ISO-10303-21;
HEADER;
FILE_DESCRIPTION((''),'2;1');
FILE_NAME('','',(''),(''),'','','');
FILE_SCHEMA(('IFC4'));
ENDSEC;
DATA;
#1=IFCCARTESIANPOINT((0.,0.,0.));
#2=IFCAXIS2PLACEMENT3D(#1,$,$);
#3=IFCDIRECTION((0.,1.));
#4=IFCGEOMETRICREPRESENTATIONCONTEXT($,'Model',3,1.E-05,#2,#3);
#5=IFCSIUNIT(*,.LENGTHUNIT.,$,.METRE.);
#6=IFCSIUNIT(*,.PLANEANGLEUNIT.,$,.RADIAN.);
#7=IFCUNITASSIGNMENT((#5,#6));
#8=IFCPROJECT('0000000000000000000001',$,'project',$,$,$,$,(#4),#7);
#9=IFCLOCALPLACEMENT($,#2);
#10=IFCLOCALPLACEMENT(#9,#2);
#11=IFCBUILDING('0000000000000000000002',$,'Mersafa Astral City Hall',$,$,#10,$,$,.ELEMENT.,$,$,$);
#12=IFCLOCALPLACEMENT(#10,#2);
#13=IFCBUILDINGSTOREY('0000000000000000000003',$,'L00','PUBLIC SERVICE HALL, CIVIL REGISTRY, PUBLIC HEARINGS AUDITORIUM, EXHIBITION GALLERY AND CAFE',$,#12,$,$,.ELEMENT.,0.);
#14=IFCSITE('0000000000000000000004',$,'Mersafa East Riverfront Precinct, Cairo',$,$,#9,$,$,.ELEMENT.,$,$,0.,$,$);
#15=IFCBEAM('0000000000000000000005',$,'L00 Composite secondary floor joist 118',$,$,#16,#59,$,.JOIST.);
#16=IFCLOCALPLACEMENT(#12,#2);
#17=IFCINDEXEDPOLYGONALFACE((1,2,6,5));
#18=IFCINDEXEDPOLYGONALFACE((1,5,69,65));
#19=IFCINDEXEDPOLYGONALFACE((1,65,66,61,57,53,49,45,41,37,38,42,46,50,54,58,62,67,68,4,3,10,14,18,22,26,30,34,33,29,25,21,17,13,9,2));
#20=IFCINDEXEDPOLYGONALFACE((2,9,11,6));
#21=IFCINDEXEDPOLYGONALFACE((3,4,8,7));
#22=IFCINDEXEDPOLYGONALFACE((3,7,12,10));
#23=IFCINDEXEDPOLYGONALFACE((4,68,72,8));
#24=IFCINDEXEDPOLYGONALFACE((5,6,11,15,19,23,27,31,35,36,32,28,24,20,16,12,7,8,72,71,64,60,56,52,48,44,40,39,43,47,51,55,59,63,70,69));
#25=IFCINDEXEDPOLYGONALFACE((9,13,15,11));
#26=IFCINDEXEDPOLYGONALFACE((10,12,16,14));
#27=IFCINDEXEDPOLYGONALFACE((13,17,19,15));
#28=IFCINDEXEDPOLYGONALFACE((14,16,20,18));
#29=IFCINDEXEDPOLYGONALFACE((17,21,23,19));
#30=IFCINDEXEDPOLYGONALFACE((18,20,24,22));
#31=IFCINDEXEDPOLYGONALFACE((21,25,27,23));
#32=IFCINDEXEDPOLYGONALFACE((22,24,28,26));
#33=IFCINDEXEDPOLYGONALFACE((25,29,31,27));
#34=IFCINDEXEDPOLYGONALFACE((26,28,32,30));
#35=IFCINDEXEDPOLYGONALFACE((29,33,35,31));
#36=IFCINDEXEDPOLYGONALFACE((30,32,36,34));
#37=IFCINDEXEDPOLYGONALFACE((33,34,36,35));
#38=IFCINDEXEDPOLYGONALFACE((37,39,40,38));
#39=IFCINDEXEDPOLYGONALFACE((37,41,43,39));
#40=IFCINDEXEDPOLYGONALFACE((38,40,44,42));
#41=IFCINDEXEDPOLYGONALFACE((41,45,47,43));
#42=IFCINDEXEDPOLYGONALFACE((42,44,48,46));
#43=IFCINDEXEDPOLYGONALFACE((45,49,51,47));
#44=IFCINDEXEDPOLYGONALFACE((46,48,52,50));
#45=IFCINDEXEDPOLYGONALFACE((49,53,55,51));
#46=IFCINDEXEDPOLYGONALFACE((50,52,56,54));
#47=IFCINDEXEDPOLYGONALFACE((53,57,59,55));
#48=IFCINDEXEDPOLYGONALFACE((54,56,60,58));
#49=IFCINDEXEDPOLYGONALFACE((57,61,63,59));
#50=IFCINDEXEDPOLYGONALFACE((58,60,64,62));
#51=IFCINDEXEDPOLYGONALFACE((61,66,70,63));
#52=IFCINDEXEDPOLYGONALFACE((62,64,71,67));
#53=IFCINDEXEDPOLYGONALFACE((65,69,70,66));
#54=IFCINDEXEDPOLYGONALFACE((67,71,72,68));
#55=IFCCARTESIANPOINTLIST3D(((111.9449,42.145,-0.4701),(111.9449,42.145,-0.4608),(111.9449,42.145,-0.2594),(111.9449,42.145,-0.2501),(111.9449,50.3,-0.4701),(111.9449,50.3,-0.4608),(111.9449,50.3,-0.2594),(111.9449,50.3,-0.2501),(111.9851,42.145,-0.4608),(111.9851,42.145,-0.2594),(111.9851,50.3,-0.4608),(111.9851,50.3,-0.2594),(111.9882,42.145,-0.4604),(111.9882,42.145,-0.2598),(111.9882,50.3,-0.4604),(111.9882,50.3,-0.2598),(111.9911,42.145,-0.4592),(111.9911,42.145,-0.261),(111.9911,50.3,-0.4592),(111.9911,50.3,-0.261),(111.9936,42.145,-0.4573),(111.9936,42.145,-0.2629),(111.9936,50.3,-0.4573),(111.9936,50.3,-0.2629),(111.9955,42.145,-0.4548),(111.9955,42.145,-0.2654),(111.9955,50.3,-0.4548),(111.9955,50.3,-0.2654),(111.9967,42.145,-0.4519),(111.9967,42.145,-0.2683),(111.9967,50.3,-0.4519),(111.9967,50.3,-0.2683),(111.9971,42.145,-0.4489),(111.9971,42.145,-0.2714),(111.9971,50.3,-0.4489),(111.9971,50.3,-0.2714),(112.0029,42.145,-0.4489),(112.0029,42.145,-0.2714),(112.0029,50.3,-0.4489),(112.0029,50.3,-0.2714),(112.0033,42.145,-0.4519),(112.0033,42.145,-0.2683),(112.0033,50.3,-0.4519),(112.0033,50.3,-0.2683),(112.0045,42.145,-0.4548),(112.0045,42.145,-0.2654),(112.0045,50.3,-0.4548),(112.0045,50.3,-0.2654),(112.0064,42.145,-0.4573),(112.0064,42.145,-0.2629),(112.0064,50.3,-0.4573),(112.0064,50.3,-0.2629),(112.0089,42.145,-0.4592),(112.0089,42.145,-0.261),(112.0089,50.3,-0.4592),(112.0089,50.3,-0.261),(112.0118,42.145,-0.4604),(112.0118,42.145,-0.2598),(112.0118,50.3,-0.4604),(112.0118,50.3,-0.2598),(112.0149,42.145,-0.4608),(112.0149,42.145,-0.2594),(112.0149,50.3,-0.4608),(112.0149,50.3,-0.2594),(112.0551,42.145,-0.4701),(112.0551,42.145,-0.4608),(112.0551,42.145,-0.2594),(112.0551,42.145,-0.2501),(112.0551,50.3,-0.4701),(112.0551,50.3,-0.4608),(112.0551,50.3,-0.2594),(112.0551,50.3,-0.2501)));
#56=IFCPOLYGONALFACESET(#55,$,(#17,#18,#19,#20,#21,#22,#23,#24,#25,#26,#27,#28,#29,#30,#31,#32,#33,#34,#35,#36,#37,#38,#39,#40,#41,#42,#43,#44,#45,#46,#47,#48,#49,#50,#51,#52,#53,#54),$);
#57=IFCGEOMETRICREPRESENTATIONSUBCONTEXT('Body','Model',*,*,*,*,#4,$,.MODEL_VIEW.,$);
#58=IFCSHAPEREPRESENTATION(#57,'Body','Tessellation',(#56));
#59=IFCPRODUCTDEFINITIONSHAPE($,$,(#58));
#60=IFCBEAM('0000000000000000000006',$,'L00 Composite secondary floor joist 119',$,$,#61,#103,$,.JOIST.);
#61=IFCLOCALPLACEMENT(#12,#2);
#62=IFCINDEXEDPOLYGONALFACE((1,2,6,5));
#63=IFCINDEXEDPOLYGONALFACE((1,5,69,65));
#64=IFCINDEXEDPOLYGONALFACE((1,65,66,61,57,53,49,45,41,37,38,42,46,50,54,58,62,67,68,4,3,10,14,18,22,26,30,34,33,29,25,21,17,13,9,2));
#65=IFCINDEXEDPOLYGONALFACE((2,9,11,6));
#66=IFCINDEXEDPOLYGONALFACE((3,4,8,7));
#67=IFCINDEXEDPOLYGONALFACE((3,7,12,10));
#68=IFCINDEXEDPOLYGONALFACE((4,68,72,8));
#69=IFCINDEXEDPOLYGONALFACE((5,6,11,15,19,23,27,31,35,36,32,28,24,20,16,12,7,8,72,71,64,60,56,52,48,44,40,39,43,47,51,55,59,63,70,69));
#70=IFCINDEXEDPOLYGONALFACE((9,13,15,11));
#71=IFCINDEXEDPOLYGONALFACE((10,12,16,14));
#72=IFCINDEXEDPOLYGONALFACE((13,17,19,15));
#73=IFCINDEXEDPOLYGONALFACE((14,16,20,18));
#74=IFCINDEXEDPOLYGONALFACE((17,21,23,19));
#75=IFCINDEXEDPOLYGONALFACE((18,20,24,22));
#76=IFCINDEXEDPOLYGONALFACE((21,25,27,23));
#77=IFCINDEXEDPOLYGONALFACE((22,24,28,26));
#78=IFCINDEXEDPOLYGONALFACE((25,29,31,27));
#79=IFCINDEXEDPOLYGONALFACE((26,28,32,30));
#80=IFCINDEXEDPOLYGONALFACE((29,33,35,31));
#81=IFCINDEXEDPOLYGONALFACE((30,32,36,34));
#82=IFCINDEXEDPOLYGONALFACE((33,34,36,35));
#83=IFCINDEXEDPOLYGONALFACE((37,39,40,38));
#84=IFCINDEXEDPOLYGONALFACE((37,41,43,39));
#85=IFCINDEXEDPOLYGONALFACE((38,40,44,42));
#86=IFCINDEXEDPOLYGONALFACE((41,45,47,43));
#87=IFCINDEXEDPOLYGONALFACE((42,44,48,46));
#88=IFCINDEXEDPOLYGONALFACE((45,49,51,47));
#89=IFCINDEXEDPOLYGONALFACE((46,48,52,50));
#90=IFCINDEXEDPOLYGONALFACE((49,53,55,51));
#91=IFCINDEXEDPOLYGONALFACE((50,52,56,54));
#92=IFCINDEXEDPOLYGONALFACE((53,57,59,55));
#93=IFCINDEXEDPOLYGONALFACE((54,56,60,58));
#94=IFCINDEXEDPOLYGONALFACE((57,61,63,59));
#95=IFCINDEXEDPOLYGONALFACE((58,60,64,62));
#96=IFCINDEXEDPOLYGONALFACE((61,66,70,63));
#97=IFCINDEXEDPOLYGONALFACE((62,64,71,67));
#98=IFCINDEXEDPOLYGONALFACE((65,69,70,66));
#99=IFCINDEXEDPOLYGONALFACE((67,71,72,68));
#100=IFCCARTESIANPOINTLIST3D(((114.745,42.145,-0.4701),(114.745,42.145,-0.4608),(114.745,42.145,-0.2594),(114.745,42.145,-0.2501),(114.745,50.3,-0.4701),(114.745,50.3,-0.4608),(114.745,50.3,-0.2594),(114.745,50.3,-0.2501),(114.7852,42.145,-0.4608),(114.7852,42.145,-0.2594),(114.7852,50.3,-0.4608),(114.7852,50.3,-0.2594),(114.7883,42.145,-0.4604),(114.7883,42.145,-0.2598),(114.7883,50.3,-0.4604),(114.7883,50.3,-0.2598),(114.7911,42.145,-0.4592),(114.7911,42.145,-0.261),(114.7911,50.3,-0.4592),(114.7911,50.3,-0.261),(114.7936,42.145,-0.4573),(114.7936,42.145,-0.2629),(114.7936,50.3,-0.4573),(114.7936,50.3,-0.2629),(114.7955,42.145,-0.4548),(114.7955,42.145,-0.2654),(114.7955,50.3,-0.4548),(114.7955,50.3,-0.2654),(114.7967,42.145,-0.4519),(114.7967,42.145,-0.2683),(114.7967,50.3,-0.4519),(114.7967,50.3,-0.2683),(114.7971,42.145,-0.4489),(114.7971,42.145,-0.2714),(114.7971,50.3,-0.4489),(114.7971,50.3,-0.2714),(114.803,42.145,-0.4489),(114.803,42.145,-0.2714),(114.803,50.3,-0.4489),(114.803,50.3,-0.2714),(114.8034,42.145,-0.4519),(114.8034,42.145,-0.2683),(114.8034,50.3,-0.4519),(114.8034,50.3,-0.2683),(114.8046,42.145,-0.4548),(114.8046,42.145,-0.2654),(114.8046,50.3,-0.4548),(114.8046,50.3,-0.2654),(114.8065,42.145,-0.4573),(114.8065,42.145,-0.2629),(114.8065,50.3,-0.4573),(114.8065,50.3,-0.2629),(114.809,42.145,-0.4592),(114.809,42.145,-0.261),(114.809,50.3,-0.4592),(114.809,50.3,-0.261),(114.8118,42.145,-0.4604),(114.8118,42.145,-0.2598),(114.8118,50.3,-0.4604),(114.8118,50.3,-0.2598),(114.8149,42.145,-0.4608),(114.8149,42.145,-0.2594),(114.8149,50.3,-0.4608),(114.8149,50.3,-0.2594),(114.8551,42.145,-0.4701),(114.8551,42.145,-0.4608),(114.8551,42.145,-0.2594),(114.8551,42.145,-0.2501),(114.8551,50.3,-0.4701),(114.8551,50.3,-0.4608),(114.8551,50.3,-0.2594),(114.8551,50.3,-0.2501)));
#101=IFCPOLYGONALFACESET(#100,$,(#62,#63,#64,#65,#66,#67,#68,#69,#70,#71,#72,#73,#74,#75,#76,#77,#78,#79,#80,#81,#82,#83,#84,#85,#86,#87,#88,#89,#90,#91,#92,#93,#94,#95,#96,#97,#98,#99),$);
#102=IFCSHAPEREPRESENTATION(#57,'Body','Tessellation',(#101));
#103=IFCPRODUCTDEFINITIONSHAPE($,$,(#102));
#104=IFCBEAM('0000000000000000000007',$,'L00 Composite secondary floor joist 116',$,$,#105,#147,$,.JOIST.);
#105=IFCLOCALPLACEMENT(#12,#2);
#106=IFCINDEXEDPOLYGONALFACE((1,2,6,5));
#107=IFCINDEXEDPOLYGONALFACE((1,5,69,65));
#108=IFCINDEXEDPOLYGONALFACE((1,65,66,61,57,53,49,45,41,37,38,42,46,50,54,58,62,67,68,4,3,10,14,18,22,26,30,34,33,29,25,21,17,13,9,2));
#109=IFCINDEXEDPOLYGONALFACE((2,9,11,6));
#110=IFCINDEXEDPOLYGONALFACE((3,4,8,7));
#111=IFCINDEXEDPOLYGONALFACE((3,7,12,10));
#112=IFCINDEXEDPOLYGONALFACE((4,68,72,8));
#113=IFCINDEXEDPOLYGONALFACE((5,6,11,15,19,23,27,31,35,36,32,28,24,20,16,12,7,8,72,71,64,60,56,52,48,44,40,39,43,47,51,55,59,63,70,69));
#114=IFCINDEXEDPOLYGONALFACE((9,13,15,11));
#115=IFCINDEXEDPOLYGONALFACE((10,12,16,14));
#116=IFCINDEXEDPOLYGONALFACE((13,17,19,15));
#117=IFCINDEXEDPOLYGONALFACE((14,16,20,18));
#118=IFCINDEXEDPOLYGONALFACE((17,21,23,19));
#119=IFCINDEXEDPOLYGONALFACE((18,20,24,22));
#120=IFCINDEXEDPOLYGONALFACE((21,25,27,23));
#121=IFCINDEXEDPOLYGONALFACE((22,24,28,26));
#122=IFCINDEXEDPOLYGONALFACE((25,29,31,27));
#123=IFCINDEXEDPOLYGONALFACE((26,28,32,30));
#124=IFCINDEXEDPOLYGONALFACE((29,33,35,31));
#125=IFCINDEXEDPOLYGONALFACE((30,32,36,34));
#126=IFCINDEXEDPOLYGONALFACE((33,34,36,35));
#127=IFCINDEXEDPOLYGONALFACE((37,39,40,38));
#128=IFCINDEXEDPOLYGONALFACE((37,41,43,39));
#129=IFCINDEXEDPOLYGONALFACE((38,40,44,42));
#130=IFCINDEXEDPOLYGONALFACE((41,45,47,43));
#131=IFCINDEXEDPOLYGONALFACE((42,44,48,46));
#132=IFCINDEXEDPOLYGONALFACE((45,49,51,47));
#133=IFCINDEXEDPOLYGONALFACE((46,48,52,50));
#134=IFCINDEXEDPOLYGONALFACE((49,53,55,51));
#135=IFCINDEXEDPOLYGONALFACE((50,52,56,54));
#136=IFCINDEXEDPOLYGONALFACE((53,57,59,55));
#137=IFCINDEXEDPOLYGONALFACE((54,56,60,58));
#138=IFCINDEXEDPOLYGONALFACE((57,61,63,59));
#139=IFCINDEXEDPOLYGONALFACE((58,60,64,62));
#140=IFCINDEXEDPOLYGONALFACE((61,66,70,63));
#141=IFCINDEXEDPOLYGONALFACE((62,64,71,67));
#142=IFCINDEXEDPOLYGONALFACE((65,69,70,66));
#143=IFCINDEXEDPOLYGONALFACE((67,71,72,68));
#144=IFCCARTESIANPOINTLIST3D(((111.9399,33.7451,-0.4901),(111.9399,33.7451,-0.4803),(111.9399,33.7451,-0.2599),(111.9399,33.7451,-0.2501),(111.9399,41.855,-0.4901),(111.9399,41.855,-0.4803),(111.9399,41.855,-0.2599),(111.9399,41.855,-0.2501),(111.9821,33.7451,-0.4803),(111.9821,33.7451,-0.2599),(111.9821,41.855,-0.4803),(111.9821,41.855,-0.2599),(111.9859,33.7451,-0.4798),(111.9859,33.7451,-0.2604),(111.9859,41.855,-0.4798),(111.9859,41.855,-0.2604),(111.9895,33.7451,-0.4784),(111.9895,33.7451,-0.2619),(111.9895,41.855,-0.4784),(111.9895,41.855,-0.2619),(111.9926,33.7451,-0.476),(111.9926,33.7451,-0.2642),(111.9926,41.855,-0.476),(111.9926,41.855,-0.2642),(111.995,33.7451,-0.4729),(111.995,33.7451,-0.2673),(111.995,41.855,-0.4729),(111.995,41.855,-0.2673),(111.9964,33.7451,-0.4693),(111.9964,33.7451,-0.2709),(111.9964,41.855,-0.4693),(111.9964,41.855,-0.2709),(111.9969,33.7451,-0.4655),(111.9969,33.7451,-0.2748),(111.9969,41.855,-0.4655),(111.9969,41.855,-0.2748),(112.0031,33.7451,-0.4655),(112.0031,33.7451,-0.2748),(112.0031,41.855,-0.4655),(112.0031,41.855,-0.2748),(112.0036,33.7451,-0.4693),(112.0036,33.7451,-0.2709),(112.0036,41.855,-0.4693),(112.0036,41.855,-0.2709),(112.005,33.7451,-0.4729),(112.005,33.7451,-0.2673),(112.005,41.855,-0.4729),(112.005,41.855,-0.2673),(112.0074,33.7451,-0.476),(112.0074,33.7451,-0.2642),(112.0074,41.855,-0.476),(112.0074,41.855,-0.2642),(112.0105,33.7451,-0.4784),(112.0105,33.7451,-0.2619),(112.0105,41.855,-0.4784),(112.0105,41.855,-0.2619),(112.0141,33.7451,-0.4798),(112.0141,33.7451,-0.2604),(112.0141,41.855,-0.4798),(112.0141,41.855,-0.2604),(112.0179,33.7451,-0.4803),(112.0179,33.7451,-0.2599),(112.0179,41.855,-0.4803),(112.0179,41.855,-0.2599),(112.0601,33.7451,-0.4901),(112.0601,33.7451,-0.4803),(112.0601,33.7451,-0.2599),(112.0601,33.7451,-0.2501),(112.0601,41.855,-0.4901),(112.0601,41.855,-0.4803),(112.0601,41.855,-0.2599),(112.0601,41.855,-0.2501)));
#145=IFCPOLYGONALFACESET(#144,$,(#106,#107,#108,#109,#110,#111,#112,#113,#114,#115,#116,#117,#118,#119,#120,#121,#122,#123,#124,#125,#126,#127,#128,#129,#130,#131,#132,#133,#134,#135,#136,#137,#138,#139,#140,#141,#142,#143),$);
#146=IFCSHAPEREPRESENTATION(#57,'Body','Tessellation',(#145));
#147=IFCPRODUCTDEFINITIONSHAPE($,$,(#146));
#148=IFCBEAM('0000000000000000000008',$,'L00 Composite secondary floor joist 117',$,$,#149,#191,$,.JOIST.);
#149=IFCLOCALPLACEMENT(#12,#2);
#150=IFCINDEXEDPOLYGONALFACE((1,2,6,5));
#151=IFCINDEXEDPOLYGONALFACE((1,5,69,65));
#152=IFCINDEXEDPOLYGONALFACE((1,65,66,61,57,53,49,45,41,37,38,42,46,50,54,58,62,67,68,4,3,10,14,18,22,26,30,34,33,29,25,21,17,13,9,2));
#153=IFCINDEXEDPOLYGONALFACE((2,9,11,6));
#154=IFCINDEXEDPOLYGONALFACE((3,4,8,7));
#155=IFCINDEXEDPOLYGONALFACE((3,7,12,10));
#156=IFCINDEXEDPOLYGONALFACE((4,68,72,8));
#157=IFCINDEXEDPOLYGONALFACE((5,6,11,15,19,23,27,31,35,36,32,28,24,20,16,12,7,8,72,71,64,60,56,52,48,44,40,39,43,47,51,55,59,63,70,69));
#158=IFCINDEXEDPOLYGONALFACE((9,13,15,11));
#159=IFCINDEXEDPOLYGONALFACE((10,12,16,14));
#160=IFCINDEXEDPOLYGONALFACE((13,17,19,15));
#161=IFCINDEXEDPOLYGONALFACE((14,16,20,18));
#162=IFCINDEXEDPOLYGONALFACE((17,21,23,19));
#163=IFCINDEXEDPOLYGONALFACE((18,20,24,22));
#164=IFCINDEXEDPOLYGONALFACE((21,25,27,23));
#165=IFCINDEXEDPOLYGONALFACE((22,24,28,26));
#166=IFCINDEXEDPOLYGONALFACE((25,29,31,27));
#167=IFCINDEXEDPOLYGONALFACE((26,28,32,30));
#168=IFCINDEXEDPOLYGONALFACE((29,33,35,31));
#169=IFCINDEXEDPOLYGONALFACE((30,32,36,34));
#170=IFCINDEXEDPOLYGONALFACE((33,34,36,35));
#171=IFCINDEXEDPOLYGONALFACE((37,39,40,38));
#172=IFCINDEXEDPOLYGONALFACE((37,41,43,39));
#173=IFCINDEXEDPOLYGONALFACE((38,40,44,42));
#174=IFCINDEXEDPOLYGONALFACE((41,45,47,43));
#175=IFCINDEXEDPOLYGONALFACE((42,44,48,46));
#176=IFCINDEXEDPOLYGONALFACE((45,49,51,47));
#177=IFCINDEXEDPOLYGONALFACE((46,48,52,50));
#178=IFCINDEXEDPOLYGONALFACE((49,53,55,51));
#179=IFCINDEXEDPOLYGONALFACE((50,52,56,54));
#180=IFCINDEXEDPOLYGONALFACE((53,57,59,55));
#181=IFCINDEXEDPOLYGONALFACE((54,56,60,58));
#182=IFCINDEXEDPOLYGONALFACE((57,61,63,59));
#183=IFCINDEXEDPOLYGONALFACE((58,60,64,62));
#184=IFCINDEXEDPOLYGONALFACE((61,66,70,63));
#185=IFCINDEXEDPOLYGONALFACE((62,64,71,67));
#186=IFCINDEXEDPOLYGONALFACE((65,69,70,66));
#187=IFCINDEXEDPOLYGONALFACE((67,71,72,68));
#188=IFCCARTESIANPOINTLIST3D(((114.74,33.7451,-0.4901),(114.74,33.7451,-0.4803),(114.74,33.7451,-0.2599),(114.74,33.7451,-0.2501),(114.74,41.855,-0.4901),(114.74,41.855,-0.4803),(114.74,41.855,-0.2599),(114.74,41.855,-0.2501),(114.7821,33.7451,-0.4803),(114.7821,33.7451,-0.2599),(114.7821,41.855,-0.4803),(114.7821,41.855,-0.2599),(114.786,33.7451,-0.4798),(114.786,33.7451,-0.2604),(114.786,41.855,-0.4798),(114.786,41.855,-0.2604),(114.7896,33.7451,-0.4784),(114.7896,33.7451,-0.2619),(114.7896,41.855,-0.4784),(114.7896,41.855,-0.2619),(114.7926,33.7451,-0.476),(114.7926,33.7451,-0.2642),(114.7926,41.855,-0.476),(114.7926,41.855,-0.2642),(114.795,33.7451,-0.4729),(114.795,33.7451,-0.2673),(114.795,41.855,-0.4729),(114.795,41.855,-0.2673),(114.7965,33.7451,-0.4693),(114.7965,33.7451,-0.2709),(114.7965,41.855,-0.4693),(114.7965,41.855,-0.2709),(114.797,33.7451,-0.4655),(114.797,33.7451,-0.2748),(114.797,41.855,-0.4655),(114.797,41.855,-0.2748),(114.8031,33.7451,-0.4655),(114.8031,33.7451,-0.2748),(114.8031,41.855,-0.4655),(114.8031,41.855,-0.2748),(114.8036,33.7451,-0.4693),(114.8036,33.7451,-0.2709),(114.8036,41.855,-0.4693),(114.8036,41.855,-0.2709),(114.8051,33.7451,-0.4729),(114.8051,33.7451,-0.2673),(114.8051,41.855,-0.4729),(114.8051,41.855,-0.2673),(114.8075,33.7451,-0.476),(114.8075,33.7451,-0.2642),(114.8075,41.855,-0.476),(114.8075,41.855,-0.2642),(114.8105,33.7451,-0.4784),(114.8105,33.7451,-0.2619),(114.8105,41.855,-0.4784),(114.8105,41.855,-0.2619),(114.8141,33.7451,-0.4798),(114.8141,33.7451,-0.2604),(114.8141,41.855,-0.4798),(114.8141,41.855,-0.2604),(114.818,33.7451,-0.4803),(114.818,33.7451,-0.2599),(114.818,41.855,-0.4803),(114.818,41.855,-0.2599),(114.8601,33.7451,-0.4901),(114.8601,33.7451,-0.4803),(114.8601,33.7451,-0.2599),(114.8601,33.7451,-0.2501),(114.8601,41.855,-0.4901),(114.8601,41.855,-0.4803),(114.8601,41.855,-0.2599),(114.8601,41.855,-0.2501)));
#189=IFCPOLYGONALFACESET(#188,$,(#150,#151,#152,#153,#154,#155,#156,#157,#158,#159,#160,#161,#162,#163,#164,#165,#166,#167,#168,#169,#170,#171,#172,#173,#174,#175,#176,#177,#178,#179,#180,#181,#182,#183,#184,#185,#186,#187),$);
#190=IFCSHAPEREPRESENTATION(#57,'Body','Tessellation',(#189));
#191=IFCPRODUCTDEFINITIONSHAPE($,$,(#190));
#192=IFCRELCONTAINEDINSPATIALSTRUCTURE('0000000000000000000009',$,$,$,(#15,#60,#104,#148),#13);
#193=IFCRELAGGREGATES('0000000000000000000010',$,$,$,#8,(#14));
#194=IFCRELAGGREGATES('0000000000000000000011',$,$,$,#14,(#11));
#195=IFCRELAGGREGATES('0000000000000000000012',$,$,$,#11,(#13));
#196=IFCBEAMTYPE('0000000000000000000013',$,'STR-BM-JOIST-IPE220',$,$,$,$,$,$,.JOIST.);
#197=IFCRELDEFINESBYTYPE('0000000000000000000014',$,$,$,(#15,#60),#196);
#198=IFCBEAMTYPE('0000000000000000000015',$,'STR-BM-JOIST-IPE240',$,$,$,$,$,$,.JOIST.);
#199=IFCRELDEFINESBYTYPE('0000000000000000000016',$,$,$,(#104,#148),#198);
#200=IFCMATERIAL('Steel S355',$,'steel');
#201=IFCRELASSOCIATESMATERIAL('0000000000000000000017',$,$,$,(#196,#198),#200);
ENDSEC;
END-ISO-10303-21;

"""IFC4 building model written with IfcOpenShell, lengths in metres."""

from ifc_helpers import new_model, si_unit, direction, frame, origin, origin_2d, place, context, subcontext, project, spatial, i_section, extrude, material, material_profile, profile_set, type_object, element, save


model = new_model("IFC4")

# Units and contexts
model_context = context("Model", 3, precision=1e-05, world=origin(), true_north=direction((0.0, 1.0)))
body_context = subcontext(model_context, "Body", "Model", "MODEL_VIEW")
ifc_project = project(units=[si_unit("LENGTHUNIT", "METRE"), si_unit("PLANEANGLEUNIT", "RADIAN")], contexts=[model_context])

# Site, building, storey
site_placement = place(None, origin())
site = spatial("IfcSite", under=ifc_project, at=site_placement, Name="Mersafa East Riverfront Precinct, Cairo", CompositionType="ELEMENT", RefElevation=0.0)
building_placement = place(site_placement, origin())
building = spatial("IfcBuilding", under=site, at=building_placement, Name="Mersafa Astral City Hall", CompositionType="ELEMENT")
storey_placement = place(building_placement, origin())
storey = spatial("IfcBuildingStorey", under=building, at=storey_placement, Name="L00", Description="PUBLIC SERVICE HALL, CIVIL REGISTRY, PUBLIC HEARINGS AUDITORIUM, EXHIBITION GALLERY AND CAFE", CompositionType="ELEMENT", Elevation=0.0)

# Beams
ifc_material_1 = material(Name="Steel S355", Category="steel")
ifc_material_profile_1 = material_profile(ifc_material_1, i_section(OverallWidth=0.1101, OverallDepth=0.22, WebThickness=0.0059, FlangeThickness=0.0093, FilletRadius=0.012, at=origin_2d()), Name="IPE 220")
ifc_profile_set_1 = profile_set([ifc_material_profile_1], Name="Steel S355")
beam_type_1 = type_object("IfcBeamType", Name="STR-BM-JOIST-IPE220", PredefinedType="JOIST", material=ifc_profile_set_1)
for number, where, z_axis, x_axis, name in (
    (1, (112.0, 42.145, -0.3601), (0.0, 1.0, 0.0), (-1.0, 0.0, 0.0), "L00 Composite secondary floor joist 118"),
    (2, (114.8, 42.145, -0.3601), (0.0, 1.0, 0.0), (-1.0, 0.0, 0.0), "L00 Composite secondary floor joist 119"),
):
    element("IfcBeam", number, at=place(storey_placement, frame(where, z_axis=z_axis, x_axis=x_axis)), inside=storey, type_object=beam_type_1, Name=name, PredefinedType="JOIST", context=body_context, shape_type="SweptSolid", body=[
        extrude(i_section(OverallWidth=0.1101, OverallDepth=0.22, WebThickness=0.0059, FlangeThickness=0.0093, FilletRadius=0.012, at=origin_2d()), origin(), (0.0, 0.0, 1.0), 8.155),
    ])
ifc_material_profile_2 = material_profile(ifc_material_1, i_section(OverallWidth=0.1201, OverallDepth=0.24, WebThickness=0.0061, FlangeThickness=0.0098, FilletRadius=0.0149, at=origin_2d()), Name="IPE 240")
ifc_profile_set_2 = profile_set([ifc_material_profile_2], Name="Steel S355")
beam_type_2 = type_object("IfcBeamType", Name="STR-BM-JOIST-IPE240", PredefinedType="JOIST", material=ifc_profile_set_2)
for number, where, z_axis, x_axis, name in (
    (3, (112.0, 33.7451, -0.3701), (0.0, 1.0, 0.0), (-1.0, 0.0, 0.0), "L00 Composite secondary floor joist 116"),
    (4, (114.8, 33.7451, -0.3701), (0.0, 1.0, 0.0), (-1.0, 0.0, 0.0), "L00 Composite secondary floor joist 117"),
):
    element("IfcBeam", number, at=place(storey_placement, frame(where, z_axis=z_axis, x_axis=x_axis)), inside=storey, type_object=beam_type_2, Name=name, PredefinedType="JOIST", context=body_context, shape_type="SweptSolid", body=[
        extrude(i_section(OverallWidth=0.1201, OverallDepth=0.24, WebThickness=0.0061, FlangeThickness=0.0098, FilletRadius=0.0149, at=origin_2d()), origin(), (0.0, 0.0, 1.0), 8.1099),
    ])

save(model, "model.ifc")
